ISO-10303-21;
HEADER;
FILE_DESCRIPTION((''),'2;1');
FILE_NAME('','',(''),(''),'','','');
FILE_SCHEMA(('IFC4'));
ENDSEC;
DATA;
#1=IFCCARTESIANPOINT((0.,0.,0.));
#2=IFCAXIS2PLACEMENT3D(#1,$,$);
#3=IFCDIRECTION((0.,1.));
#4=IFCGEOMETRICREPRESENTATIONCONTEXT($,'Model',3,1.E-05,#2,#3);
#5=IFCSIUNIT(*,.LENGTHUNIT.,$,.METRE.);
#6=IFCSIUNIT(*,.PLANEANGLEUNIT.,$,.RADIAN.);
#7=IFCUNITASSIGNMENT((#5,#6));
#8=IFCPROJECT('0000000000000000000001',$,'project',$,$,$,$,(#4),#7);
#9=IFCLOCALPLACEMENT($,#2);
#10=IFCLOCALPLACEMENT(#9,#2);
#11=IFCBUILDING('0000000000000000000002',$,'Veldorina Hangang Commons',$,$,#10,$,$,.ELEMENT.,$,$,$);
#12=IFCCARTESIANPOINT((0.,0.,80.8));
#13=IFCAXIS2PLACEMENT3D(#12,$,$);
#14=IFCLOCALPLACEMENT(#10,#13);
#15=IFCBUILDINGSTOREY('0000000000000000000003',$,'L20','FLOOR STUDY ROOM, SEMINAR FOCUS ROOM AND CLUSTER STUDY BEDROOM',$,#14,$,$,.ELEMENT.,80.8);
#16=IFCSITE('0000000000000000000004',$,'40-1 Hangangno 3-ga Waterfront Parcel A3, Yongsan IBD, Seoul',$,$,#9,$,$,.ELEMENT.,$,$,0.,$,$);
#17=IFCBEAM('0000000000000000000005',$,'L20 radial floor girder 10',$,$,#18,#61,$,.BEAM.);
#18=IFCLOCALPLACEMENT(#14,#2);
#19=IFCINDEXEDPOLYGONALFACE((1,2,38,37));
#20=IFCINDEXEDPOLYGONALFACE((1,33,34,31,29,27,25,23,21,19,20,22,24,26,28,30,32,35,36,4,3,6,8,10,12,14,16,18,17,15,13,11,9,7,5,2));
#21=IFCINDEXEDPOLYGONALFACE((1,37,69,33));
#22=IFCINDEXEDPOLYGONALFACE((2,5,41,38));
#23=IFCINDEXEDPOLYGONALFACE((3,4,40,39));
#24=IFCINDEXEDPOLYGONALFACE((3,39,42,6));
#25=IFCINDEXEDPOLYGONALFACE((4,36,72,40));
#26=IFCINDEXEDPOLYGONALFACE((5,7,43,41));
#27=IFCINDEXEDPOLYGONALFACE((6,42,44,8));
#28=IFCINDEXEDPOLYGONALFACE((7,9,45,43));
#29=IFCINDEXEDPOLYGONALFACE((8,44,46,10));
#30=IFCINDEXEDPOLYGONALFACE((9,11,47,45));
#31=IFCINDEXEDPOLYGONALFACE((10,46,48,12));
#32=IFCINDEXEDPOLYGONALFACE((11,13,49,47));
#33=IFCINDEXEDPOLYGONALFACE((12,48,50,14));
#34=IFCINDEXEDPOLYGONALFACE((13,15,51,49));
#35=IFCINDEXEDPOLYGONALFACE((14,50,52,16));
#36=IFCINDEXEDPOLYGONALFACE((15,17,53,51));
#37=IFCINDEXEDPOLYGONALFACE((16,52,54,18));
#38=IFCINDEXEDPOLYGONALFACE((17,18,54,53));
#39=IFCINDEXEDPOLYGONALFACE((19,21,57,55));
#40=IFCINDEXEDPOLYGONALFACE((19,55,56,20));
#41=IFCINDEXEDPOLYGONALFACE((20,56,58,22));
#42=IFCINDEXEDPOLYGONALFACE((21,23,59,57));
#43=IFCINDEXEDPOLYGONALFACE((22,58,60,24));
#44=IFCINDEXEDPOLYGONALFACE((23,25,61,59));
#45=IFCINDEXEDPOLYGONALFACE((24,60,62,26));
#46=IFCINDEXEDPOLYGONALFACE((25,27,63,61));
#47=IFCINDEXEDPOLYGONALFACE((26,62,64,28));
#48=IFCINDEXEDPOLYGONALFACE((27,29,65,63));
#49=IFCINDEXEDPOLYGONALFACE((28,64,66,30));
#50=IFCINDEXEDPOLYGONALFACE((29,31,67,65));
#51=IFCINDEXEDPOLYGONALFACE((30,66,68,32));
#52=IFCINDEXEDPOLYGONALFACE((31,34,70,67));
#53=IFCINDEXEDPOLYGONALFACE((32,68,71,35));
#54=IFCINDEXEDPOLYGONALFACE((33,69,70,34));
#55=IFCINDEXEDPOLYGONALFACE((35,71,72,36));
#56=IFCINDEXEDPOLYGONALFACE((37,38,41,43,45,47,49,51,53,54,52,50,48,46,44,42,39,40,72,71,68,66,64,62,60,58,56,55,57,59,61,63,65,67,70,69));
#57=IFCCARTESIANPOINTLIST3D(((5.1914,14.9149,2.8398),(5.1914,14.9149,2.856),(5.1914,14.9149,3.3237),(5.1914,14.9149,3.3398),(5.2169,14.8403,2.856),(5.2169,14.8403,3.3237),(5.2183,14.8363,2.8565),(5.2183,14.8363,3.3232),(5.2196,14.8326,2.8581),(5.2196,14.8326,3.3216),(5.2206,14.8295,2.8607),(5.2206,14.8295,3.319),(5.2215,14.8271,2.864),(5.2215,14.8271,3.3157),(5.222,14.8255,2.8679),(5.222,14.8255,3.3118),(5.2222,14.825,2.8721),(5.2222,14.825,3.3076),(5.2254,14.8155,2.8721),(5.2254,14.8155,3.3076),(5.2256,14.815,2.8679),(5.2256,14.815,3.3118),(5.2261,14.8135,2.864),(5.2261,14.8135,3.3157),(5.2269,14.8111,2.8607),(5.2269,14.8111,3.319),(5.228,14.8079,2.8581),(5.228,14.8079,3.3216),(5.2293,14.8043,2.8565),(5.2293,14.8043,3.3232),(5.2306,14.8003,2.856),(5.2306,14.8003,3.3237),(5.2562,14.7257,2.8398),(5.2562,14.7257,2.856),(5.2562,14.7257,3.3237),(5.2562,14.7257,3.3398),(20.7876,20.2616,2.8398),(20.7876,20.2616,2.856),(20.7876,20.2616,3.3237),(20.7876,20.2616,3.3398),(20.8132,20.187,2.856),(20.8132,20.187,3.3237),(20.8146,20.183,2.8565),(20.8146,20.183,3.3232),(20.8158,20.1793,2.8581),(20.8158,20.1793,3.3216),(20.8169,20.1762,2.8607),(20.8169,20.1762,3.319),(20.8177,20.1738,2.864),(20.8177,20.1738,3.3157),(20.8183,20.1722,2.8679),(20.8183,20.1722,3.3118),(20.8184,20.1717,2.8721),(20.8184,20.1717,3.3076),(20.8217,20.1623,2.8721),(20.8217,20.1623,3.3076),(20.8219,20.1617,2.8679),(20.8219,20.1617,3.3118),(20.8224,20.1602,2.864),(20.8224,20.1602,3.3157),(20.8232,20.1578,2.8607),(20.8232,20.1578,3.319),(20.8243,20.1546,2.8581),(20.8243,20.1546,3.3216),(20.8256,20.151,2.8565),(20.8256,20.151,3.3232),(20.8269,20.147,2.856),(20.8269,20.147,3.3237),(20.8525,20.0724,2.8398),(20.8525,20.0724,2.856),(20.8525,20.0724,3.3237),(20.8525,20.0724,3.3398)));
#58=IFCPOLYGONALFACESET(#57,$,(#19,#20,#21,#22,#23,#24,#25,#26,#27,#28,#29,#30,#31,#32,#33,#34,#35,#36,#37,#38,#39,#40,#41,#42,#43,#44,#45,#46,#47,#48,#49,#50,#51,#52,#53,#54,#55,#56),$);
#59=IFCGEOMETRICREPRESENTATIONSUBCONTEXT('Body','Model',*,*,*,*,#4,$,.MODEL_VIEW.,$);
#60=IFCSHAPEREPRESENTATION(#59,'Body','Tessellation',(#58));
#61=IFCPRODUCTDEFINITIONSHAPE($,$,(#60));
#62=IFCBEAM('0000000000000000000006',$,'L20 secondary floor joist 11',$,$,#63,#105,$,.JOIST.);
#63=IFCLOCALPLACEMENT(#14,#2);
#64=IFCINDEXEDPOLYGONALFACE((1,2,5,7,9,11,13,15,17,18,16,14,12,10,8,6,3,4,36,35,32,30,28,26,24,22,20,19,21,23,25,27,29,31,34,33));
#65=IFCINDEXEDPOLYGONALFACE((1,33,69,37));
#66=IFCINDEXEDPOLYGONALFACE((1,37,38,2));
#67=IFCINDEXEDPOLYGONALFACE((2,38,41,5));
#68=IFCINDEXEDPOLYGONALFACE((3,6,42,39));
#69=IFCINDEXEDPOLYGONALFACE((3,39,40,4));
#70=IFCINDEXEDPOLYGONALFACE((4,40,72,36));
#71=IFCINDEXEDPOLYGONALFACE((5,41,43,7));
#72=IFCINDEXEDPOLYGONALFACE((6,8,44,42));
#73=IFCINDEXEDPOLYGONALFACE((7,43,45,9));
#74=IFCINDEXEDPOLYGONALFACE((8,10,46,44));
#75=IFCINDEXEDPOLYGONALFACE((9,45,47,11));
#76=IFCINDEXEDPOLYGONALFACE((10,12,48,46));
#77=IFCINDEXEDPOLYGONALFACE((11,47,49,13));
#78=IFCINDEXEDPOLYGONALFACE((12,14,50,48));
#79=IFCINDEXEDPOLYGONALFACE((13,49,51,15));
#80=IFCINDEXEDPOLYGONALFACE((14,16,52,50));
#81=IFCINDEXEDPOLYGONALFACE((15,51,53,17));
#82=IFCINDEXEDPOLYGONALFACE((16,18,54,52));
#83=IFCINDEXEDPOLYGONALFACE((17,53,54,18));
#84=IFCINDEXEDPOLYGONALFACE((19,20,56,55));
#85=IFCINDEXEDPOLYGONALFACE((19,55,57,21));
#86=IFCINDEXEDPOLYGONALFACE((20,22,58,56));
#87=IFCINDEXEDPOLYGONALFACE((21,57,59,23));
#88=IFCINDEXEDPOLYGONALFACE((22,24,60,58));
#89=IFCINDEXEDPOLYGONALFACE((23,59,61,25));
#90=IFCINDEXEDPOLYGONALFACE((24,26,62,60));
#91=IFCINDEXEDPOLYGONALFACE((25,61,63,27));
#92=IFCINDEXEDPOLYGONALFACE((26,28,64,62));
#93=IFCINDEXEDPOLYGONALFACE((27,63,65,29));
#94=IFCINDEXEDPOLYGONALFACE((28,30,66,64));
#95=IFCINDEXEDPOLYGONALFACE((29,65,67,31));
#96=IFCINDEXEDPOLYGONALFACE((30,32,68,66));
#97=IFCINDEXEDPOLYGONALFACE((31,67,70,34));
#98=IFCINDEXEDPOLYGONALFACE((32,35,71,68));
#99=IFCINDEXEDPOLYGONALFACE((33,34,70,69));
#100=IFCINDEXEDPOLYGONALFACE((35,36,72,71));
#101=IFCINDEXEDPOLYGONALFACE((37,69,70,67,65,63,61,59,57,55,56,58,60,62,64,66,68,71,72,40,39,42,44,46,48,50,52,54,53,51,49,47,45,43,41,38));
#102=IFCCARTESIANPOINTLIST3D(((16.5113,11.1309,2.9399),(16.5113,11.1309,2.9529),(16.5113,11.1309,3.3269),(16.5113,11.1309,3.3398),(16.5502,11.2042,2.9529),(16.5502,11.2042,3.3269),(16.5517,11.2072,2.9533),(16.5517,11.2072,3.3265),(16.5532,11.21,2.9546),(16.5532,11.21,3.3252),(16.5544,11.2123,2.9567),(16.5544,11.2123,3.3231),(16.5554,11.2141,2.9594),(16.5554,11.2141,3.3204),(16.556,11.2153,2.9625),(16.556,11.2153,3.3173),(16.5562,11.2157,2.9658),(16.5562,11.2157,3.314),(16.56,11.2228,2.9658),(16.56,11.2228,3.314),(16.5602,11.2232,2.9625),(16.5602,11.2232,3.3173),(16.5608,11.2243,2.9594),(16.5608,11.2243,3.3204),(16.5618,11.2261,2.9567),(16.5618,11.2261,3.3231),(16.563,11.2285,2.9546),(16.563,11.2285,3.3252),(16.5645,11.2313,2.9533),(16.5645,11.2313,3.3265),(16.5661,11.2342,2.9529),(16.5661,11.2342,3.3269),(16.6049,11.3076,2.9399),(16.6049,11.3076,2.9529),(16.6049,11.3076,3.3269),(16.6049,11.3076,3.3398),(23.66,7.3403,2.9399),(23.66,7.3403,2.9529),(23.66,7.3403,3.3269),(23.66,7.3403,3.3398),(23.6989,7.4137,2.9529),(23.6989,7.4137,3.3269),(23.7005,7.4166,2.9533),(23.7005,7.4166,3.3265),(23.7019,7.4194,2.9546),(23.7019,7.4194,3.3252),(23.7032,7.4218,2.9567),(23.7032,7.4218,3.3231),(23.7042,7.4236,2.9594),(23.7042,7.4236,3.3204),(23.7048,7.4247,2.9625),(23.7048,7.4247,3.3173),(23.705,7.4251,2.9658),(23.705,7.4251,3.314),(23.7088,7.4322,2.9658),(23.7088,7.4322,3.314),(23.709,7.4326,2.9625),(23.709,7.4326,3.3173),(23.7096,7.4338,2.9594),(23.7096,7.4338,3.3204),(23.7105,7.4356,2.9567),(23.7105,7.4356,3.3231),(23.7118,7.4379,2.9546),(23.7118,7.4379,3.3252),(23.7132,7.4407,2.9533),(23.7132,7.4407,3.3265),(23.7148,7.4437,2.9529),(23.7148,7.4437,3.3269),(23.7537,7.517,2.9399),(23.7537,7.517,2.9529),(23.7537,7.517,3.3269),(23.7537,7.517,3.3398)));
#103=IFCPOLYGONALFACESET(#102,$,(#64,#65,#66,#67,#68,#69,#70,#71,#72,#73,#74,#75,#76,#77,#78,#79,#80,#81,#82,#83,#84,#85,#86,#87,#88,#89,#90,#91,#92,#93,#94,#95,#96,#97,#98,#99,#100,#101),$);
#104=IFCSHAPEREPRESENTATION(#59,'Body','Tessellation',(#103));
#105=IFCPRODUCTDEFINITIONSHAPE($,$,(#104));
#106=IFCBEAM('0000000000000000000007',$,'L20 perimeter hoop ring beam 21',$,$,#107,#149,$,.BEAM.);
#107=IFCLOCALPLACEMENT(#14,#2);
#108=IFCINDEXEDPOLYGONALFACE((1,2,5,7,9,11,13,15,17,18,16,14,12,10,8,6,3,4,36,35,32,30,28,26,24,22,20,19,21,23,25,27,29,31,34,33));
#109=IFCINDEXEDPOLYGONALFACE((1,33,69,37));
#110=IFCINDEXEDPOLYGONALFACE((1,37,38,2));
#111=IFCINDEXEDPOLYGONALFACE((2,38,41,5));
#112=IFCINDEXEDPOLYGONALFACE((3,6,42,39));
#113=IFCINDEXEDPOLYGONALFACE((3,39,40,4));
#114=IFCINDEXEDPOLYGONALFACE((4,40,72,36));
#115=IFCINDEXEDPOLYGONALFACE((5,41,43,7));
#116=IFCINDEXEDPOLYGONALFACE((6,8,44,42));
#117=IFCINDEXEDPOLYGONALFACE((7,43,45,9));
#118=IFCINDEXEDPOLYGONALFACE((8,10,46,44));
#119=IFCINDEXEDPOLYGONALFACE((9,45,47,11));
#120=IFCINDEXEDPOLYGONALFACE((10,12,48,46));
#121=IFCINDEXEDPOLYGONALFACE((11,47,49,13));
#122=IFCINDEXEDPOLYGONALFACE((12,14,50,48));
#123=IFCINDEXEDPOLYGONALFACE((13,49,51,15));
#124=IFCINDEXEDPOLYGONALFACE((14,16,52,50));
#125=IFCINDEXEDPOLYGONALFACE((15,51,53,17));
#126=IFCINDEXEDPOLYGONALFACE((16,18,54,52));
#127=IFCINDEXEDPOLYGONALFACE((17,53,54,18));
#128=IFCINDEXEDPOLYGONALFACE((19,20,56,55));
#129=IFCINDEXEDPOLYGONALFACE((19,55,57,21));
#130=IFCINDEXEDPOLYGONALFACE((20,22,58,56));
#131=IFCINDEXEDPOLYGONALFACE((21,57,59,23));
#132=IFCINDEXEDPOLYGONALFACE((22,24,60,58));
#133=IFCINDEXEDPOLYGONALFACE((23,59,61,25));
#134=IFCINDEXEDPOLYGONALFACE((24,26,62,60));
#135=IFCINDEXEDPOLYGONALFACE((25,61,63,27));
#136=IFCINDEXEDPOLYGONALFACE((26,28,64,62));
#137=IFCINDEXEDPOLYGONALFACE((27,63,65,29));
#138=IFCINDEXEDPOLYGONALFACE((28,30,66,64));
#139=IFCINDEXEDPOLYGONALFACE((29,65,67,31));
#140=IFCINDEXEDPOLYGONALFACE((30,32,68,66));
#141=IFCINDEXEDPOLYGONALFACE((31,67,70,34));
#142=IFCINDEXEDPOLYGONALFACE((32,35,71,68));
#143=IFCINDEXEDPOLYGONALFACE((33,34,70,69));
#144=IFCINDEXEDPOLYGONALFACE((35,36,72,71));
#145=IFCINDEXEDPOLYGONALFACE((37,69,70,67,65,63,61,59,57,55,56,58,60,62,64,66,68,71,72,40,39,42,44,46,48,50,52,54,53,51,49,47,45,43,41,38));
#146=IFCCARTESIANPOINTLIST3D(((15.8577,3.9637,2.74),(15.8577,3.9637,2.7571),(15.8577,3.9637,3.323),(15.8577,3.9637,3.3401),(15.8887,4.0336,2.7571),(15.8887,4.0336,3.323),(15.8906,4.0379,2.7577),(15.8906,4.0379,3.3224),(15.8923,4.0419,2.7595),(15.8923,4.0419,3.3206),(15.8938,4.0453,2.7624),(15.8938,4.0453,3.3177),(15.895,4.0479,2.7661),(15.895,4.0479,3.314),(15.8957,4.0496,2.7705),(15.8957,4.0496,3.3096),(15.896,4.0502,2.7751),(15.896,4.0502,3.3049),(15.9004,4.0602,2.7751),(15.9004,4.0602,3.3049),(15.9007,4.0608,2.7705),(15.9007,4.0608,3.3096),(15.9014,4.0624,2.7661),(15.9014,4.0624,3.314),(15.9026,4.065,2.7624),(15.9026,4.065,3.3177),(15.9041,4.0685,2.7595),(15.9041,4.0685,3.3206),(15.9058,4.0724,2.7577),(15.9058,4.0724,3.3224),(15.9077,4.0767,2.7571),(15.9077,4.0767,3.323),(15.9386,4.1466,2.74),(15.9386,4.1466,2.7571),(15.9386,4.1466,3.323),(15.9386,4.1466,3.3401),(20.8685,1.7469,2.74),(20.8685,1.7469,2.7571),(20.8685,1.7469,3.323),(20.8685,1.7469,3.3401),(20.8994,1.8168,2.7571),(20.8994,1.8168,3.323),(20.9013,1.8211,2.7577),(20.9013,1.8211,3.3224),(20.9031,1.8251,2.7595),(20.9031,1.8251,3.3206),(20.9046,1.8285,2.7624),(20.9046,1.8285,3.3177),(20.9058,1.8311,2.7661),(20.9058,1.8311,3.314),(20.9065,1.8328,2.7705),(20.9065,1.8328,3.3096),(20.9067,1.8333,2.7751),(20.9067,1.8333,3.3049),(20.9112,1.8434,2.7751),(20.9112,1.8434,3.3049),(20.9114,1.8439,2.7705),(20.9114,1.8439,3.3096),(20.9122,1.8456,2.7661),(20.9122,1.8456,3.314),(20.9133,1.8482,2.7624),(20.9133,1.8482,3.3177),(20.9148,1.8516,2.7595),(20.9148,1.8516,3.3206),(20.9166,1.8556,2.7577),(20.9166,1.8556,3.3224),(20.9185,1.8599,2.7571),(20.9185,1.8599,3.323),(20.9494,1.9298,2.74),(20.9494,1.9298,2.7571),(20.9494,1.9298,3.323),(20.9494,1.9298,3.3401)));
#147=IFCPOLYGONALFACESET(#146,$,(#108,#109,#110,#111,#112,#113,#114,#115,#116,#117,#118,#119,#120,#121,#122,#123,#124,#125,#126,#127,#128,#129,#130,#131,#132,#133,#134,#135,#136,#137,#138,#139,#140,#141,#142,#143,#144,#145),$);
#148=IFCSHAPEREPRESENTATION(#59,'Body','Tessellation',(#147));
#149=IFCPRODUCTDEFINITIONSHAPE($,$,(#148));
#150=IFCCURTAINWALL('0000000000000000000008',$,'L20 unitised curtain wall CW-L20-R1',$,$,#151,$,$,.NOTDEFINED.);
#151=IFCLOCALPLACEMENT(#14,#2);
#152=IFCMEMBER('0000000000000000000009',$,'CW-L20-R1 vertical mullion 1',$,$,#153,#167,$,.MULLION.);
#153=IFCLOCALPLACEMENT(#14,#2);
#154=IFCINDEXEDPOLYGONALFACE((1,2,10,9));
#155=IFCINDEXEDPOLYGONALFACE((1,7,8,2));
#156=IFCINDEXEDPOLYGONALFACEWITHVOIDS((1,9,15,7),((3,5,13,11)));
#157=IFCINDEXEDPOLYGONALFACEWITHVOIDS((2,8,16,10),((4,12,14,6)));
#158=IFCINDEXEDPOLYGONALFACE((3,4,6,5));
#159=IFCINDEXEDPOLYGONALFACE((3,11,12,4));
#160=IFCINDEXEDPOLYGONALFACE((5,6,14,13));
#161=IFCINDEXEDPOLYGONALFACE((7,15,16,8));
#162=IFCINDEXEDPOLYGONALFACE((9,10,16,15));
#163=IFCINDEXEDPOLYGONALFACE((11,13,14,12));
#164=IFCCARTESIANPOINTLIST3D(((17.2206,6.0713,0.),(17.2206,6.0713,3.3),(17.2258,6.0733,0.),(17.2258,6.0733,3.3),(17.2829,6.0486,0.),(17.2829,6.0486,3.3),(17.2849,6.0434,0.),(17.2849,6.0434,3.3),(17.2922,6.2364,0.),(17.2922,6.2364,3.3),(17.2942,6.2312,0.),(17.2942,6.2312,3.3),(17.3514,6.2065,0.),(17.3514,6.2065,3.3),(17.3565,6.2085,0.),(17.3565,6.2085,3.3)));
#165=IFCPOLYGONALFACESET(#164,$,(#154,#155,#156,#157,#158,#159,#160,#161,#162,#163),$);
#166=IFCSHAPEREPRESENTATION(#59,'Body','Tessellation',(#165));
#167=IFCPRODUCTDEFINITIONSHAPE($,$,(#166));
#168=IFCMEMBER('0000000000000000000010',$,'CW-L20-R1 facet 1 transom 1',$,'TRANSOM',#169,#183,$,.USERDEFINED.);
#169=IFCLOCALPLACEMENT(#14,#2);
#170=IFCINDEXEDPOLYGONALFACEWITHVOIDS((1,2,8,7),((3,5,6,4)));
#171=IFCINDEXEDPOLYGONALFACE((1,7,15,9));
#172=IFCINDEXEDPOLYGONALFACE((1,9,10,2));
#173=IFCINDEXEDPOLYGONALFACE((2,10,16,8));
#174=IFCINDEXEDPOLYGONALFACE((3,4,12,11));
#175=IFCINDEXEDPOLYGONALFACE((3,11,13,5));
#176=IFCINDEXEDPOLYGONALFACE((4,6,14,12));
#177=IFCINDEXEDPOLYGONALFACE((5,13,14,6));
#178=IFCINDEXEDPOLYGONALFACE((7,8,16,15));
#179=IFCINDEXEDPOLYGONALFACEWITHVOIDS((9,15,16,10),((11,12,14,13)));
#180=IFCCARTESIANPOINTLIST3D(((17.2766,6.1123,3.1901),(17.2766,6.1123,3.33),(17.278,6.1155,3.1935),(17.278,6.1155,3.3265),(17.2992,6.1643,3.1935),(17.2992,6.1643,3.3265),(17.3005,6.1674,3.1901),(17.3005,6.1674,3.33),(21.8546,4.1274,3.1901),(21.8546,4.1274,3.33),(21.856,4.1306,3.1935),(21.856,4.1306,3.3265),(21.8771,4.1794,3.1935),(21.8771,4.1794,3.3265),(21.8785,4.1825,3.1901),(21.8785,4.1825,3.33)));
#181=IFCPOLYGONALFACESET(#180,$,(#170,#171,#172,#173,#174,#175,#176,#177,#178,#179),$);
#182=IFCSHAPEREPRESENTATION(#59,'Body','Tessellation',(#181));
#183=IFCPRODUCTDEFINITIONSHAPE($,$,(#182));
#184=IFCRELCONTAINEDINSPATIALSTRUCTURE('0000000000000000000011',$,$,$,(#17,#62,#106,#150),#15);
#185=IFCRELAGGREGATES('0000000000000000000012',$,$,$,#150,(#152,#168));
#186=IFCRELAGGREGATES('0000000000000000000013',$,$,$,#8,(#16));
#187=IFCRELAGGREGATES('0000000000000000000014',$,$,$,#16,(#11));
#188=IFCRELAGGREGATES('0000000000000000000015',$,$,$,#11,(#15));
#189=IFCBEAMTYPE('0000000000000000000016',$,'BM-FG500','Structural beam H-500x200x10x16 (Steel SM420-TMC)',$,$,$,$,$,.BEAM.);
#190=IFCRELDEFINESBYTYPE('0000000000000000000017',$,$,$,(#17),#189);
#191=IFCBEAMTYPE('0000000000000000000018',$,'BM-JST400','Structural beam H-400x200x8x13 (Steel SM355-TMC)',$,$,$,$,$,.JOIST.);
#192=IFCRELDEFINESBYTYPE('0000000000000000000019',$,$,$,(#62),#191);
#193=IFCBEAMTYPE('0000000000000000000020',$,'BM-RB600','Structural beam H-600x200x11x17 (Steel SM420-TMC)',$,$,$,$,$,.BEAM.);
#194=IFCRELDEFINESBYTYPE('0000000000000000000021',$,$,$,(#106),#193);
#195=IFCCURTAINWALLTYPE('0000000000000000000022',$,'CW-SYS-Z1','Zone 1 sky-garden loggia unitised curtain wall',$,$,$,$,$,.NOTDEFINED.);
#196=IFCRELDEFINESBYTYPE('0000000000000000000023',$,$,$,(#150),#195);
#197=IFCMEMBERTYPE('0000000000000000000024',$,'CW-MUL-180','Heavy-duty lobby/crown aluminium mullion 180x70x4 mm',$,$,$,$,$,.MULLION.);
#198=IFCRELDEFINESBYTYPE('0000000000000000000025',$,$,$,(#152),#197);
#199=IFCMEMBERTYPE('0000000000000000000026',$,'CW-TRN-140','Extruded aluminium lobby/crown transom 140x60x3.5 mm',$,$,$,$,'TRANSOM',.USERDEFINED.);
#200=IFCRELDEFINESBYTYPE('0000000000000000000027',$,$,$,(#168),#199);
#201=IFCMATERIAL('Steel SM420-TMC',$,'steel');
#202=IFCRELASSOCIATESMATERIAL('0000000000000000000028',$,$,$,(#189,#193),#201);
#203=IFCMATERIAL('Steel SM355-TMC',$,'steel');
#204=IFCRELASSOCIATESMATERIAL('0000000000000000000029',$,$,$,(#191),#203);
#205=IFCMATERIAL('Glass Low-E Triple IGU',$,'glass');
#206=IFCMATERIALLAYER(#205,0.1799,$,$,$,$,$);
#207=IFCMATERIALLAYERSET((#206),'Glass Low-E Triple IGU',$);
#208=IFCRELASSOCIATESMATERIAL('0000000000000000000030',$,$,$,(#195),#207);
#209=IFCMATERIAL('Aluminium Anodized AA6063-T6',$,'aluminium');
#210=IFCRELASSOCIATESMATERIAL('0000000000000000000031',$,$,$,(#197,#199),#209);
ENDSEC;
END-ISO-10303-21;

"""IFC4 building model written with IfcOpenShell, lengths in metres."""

from ifc_helpers import new_model, si_unit, direction, frame, origin, origin_2d, place, context, subcontext, project, spatial, hollow_rectangle, i_section, extrude, material, layer, layer_set, material_profile, profile_set, type_object, element, aggregate, save


model = new_model("IFC4")

# Units and contexts
model_context = context("Model", 3, precision=1e-05, world=origin(), true_north=direction((0.0, 1.0)))
body_context = subcontext(model_context, "Body", "Model", "MODEL_VIEW")
ifc_project = project(units=[si_unit("LENGTHUNIT", "METRE"), si_unit("PLANEANGLEUNIT", "RADIAN")], contexts=[model_context])

# Site, building, storey
site_placement = place(None, origin())
site = spatial("IfcSite", under=ifc_project, at=site_placement, Name="40-1 Hangangno 3-ga Waterfront Parcel A3, Yongsan IBD, Seoul", CompositionType="ELEMENT", RefElevation=0.0)
building_placement = place(site_placement, origin())
building = spatial("IfcBuilding", under=site, at=building_placement, Name="Veldorina Hangang Commons", CompositionType="ELEMENT")
storey_placement = place(building_placement, frame((0.0, 0.0, 80.8)))
storey = spatial("IfcBuildingStorey", under=building, at=storey_placement, Name="L20", Description="FLOOR STUDY ROOM, SEMINAR FOCUS ROOM AND CLUSTER STUDY BEDROOM", CompositionType="ELEMENT", Elevation=80.8)

# Beams
ifc_material_1 = material(Name="Steel SM420-TMC", Category="steel")
ifc_material_profile_1 = material_profile(ifc_material_1, i_section(OverallWidth=0.2, OverallDepth=0.5, WebThickness=0.01, FlangeThickness=0.0161, FilletRadius=0.0161, at=origin_2d()), Name="H-500x200x10x16")
ifc_profile_set_1 = profile_set([ifc_material_profile_1], Name="Steel SM420-TMC")
beam_type_1 = type_object("IfcBeamType", Name="BM-FG500", Description="Structural beam H-500x200x10x16 (Steel SM420-TMC)", PredefinedType="BEAM", material=ifc_profile_set_1)
beam_1_placement = place(storey_placement, frame((20.8201, 20.167, 3.0898), z_axis=(-0.945957, -0.324293, 0.0), x_axis=(0.324293, -0.945957, 0.0)))
element("IfcBeam", 1, at=beam_1_placement, inside=storey, type_object=beam_type_1, Name="L20 radial floor girder 10", PredefinedType="BEAM", context=body_context, shape_type="SweptSolid", body=[
    extrude(i_section(OverallWidth=0.2, OverallDepth=0.5, WebThickness=0.01, FlangeThickness=0.0161, FilletRadius=0.0161, at=origin_2d()), origin(), (0.0, 0.0, 1.0), 16.4873),
])
ifc_material_2 = material(Name="Steel SM355-TMC", Category="steel")
ifc_material_profile_2 = material_profile(ifc_material_2, i_section(OverallWidth=0.2, OverallDepth=0.3999, WebThickness=0.0081, FlangeThickness=0.0129, FilletRadius=0.0129, at=origin_2d()), Name="H-400x200x8x13")
ifc_profile_set_2 = profile_set([ifc_material_profile_2], Name="Steel SM355-TMC")
beam_type_2 = type_object("IfcBeamType", Name="BM-JST400", Description="Structural beam H-400x200x8x13 (Steel SM355-TMC)", PredefinedType="JOIST", material=ifc_profile_set_2)
beam_2_placement = place(storey_placement, frame((16.5581, 11.2192, 3.1399), z_axis=(0.883485, -0.46846, 0.0), x_axis=(0.46846, 0.883485, 0.0)))
element("IfcBeam", 2, at=beam_2_placement, inside=storey, type_object=beam_type_2, Name="L20 secondary floor joist 11", PredefinedType="JOIST", context=body_context, shape_type="SweptSolid", body=[
    extrude(i_section(OverallWidth=0.2, OverallDepth=0.3999, WebThickness=0.0081, FlangeThickness=0.0129, FilletRadius=0.0129, at=origin_2d()), origin(), (0.0, 0.0, 1.0), 8.0916),
])
ifc_material_profile_3 = material_profile(ifc_material_1, i_section(OverallWidth=0.2, OverallDepth=0.6001, WebThickness=0.011, FlangeThickness=0.0171, FilletRadius=0.0181, at=origin_2d()), Name="H-600x200x11x17")
ifc_profile_set_3 = profile_set([ifc_material_profile_3], Name="Steel SM420-TMC")
beam_type_3 = type_object("IfcBeamType", Name="BM-RB600", Description="Structural beam H-600x200x11x17 (Steel SM420-TMC)", PredefinedType="BEAM", material=ifc_profile_set_3)
beam_3_placement = place(storey_placement, frame((15.8982, 4.0552, 3.04), z_axis=(0.914501, -0.404583, 0.0), x_axis=(0.404583, 0.914501, 0.0)))
element("IfcBeam", 3, at=beam_3_placement, inside=storey, type_object=beam_type_3, Name="L20 perimeter hoop ring beam 21", PredefinedType="BEAM", context=body_context, shape_type="SweptSolid", body=[
    extrude(i_section(OverallWidth=0.2, OverallDepth=0.6001, WebThickness=0.011, FlangeThickness=0.0171, FilletRadius=0.0181, at=origin_2d()), origin(), (0.0, 0.0, 1.0), 5.4792),
])

# Curtain wall, members
ifc_material_3 = material(Name="Glass Low-E Triple IGU", Category="glass")
ifc_layer_1 = layer(ifc_material_3, 0.1799)
ifc_layer_set_1 = layer_set([ifc_layer_1], Name="Glass Low-E Triple IGU")
curtain_wall_type = type_object("IfcCurtainWallType", Name="CW-SYS-Z1", Description="Zone 1 sky-garden loggia unitised curtain wall", PredefinedType="NOTDEFINED", material=ifc_layer_set_1)
curtain_wall_placement = place(storey_placement, origin())
curtain_wall = element("IfcCurtainWall", 4, at=curtain_wall_placement, inside=storey, type_object=curtain_wall_type, Name="L20 unitised curtain wall CW-L20-R1", PredefinedType="NOTDEFINED")
ifc_material_4 = material(Name="Aluminium Anodized AA6063-T6", Category="aluminium")
ifc_material_profile_4 = material_profile(ifc_material_4, hollow_rectangle(XDim=0.0701, YDim=0.1799, WallThickness=0.0039, at=origin_2d()), Name="ALU-RHS-180x70x4")
ifc_profile_set_4 = profile_set([ifc_material_profile_4], Name="Aluminium Anodized AA6063-T6")
member_type_1 = type_object("IfcMemberType", Name="CW-MUL-180", Description="Heavy-duty lobby/crown aluminium mullion 180x70x4 mm", PredefinedType="MULLION", material=ifc_profile_set_4)
member_1_placement = place(storey_placement, frame((17.2886, 6.1399, 0.0), z_axis=(0.0, 0.0, 1.0), x_axis=(0.917477, -0.397789, 0.0)))
member_1 = element("IfcMember", 5, at=member_1_placement, type_object=member_type_1, Name="CW-L20-R1 vertical mullion 1", PredefinedType="MULLION", context=body_context, shape_type="SweptSolid", body=[
    extrude(hollow_rectangle(XDim=0.0701, YDim=0.1799, WallThickness=0.0039, at=origin_2d()), origin(), (0.0, 0.0, 1.0), 3.3),
])
ifc_material_profile_5 = material_profile(ifc_material_4, hollow_rectangle(XDim=0.0601, YDim=0.1399, WallThickness=0.0034, at=origin_2d()), Name="ALU-RHS-140x60x3.5")
ifc_profile_set_5 = profile_set([ifc_material_profile_5], Name="Aluminium Anodized AA6063-T6")
member_type_2 = type_object("IfcMemberType", Name="CW-TRN-140", Description="Extruded aluminium lobby/crown transom 140x60x3.5 mm", ElementType="TRANSOM", PredefinedType="USERDEFINED", material=ifc_profile_set_5)
member_2_placement = place(storey_placement, frame((17.2886, 6.1399, 3.26), z_axis=(0.917474, -0.397796, 0.0), x_axis=(0.397796, 0.917474, 0.0)))
member_2 = element("IfcMember", 6, at=member_2_placement, type_object=member_type_2, Name="CW-L20-R1 facet 1 transom 1", ObjectType="TRANSOM", PredefinedType="USERDEFINED", context=body_context, shape_type="SweptSolid", body=[
    extrude(hollow_rectangle(XDim=0.0601, YDim=0.1399, WallThickness=0.0034, at=origin_2d()), origin(), (0.0, 0.0, 1.0), 4.9897),
])

aggregate(curtain_wall, [member_1, member_2])

save(model, "model.ifc")
